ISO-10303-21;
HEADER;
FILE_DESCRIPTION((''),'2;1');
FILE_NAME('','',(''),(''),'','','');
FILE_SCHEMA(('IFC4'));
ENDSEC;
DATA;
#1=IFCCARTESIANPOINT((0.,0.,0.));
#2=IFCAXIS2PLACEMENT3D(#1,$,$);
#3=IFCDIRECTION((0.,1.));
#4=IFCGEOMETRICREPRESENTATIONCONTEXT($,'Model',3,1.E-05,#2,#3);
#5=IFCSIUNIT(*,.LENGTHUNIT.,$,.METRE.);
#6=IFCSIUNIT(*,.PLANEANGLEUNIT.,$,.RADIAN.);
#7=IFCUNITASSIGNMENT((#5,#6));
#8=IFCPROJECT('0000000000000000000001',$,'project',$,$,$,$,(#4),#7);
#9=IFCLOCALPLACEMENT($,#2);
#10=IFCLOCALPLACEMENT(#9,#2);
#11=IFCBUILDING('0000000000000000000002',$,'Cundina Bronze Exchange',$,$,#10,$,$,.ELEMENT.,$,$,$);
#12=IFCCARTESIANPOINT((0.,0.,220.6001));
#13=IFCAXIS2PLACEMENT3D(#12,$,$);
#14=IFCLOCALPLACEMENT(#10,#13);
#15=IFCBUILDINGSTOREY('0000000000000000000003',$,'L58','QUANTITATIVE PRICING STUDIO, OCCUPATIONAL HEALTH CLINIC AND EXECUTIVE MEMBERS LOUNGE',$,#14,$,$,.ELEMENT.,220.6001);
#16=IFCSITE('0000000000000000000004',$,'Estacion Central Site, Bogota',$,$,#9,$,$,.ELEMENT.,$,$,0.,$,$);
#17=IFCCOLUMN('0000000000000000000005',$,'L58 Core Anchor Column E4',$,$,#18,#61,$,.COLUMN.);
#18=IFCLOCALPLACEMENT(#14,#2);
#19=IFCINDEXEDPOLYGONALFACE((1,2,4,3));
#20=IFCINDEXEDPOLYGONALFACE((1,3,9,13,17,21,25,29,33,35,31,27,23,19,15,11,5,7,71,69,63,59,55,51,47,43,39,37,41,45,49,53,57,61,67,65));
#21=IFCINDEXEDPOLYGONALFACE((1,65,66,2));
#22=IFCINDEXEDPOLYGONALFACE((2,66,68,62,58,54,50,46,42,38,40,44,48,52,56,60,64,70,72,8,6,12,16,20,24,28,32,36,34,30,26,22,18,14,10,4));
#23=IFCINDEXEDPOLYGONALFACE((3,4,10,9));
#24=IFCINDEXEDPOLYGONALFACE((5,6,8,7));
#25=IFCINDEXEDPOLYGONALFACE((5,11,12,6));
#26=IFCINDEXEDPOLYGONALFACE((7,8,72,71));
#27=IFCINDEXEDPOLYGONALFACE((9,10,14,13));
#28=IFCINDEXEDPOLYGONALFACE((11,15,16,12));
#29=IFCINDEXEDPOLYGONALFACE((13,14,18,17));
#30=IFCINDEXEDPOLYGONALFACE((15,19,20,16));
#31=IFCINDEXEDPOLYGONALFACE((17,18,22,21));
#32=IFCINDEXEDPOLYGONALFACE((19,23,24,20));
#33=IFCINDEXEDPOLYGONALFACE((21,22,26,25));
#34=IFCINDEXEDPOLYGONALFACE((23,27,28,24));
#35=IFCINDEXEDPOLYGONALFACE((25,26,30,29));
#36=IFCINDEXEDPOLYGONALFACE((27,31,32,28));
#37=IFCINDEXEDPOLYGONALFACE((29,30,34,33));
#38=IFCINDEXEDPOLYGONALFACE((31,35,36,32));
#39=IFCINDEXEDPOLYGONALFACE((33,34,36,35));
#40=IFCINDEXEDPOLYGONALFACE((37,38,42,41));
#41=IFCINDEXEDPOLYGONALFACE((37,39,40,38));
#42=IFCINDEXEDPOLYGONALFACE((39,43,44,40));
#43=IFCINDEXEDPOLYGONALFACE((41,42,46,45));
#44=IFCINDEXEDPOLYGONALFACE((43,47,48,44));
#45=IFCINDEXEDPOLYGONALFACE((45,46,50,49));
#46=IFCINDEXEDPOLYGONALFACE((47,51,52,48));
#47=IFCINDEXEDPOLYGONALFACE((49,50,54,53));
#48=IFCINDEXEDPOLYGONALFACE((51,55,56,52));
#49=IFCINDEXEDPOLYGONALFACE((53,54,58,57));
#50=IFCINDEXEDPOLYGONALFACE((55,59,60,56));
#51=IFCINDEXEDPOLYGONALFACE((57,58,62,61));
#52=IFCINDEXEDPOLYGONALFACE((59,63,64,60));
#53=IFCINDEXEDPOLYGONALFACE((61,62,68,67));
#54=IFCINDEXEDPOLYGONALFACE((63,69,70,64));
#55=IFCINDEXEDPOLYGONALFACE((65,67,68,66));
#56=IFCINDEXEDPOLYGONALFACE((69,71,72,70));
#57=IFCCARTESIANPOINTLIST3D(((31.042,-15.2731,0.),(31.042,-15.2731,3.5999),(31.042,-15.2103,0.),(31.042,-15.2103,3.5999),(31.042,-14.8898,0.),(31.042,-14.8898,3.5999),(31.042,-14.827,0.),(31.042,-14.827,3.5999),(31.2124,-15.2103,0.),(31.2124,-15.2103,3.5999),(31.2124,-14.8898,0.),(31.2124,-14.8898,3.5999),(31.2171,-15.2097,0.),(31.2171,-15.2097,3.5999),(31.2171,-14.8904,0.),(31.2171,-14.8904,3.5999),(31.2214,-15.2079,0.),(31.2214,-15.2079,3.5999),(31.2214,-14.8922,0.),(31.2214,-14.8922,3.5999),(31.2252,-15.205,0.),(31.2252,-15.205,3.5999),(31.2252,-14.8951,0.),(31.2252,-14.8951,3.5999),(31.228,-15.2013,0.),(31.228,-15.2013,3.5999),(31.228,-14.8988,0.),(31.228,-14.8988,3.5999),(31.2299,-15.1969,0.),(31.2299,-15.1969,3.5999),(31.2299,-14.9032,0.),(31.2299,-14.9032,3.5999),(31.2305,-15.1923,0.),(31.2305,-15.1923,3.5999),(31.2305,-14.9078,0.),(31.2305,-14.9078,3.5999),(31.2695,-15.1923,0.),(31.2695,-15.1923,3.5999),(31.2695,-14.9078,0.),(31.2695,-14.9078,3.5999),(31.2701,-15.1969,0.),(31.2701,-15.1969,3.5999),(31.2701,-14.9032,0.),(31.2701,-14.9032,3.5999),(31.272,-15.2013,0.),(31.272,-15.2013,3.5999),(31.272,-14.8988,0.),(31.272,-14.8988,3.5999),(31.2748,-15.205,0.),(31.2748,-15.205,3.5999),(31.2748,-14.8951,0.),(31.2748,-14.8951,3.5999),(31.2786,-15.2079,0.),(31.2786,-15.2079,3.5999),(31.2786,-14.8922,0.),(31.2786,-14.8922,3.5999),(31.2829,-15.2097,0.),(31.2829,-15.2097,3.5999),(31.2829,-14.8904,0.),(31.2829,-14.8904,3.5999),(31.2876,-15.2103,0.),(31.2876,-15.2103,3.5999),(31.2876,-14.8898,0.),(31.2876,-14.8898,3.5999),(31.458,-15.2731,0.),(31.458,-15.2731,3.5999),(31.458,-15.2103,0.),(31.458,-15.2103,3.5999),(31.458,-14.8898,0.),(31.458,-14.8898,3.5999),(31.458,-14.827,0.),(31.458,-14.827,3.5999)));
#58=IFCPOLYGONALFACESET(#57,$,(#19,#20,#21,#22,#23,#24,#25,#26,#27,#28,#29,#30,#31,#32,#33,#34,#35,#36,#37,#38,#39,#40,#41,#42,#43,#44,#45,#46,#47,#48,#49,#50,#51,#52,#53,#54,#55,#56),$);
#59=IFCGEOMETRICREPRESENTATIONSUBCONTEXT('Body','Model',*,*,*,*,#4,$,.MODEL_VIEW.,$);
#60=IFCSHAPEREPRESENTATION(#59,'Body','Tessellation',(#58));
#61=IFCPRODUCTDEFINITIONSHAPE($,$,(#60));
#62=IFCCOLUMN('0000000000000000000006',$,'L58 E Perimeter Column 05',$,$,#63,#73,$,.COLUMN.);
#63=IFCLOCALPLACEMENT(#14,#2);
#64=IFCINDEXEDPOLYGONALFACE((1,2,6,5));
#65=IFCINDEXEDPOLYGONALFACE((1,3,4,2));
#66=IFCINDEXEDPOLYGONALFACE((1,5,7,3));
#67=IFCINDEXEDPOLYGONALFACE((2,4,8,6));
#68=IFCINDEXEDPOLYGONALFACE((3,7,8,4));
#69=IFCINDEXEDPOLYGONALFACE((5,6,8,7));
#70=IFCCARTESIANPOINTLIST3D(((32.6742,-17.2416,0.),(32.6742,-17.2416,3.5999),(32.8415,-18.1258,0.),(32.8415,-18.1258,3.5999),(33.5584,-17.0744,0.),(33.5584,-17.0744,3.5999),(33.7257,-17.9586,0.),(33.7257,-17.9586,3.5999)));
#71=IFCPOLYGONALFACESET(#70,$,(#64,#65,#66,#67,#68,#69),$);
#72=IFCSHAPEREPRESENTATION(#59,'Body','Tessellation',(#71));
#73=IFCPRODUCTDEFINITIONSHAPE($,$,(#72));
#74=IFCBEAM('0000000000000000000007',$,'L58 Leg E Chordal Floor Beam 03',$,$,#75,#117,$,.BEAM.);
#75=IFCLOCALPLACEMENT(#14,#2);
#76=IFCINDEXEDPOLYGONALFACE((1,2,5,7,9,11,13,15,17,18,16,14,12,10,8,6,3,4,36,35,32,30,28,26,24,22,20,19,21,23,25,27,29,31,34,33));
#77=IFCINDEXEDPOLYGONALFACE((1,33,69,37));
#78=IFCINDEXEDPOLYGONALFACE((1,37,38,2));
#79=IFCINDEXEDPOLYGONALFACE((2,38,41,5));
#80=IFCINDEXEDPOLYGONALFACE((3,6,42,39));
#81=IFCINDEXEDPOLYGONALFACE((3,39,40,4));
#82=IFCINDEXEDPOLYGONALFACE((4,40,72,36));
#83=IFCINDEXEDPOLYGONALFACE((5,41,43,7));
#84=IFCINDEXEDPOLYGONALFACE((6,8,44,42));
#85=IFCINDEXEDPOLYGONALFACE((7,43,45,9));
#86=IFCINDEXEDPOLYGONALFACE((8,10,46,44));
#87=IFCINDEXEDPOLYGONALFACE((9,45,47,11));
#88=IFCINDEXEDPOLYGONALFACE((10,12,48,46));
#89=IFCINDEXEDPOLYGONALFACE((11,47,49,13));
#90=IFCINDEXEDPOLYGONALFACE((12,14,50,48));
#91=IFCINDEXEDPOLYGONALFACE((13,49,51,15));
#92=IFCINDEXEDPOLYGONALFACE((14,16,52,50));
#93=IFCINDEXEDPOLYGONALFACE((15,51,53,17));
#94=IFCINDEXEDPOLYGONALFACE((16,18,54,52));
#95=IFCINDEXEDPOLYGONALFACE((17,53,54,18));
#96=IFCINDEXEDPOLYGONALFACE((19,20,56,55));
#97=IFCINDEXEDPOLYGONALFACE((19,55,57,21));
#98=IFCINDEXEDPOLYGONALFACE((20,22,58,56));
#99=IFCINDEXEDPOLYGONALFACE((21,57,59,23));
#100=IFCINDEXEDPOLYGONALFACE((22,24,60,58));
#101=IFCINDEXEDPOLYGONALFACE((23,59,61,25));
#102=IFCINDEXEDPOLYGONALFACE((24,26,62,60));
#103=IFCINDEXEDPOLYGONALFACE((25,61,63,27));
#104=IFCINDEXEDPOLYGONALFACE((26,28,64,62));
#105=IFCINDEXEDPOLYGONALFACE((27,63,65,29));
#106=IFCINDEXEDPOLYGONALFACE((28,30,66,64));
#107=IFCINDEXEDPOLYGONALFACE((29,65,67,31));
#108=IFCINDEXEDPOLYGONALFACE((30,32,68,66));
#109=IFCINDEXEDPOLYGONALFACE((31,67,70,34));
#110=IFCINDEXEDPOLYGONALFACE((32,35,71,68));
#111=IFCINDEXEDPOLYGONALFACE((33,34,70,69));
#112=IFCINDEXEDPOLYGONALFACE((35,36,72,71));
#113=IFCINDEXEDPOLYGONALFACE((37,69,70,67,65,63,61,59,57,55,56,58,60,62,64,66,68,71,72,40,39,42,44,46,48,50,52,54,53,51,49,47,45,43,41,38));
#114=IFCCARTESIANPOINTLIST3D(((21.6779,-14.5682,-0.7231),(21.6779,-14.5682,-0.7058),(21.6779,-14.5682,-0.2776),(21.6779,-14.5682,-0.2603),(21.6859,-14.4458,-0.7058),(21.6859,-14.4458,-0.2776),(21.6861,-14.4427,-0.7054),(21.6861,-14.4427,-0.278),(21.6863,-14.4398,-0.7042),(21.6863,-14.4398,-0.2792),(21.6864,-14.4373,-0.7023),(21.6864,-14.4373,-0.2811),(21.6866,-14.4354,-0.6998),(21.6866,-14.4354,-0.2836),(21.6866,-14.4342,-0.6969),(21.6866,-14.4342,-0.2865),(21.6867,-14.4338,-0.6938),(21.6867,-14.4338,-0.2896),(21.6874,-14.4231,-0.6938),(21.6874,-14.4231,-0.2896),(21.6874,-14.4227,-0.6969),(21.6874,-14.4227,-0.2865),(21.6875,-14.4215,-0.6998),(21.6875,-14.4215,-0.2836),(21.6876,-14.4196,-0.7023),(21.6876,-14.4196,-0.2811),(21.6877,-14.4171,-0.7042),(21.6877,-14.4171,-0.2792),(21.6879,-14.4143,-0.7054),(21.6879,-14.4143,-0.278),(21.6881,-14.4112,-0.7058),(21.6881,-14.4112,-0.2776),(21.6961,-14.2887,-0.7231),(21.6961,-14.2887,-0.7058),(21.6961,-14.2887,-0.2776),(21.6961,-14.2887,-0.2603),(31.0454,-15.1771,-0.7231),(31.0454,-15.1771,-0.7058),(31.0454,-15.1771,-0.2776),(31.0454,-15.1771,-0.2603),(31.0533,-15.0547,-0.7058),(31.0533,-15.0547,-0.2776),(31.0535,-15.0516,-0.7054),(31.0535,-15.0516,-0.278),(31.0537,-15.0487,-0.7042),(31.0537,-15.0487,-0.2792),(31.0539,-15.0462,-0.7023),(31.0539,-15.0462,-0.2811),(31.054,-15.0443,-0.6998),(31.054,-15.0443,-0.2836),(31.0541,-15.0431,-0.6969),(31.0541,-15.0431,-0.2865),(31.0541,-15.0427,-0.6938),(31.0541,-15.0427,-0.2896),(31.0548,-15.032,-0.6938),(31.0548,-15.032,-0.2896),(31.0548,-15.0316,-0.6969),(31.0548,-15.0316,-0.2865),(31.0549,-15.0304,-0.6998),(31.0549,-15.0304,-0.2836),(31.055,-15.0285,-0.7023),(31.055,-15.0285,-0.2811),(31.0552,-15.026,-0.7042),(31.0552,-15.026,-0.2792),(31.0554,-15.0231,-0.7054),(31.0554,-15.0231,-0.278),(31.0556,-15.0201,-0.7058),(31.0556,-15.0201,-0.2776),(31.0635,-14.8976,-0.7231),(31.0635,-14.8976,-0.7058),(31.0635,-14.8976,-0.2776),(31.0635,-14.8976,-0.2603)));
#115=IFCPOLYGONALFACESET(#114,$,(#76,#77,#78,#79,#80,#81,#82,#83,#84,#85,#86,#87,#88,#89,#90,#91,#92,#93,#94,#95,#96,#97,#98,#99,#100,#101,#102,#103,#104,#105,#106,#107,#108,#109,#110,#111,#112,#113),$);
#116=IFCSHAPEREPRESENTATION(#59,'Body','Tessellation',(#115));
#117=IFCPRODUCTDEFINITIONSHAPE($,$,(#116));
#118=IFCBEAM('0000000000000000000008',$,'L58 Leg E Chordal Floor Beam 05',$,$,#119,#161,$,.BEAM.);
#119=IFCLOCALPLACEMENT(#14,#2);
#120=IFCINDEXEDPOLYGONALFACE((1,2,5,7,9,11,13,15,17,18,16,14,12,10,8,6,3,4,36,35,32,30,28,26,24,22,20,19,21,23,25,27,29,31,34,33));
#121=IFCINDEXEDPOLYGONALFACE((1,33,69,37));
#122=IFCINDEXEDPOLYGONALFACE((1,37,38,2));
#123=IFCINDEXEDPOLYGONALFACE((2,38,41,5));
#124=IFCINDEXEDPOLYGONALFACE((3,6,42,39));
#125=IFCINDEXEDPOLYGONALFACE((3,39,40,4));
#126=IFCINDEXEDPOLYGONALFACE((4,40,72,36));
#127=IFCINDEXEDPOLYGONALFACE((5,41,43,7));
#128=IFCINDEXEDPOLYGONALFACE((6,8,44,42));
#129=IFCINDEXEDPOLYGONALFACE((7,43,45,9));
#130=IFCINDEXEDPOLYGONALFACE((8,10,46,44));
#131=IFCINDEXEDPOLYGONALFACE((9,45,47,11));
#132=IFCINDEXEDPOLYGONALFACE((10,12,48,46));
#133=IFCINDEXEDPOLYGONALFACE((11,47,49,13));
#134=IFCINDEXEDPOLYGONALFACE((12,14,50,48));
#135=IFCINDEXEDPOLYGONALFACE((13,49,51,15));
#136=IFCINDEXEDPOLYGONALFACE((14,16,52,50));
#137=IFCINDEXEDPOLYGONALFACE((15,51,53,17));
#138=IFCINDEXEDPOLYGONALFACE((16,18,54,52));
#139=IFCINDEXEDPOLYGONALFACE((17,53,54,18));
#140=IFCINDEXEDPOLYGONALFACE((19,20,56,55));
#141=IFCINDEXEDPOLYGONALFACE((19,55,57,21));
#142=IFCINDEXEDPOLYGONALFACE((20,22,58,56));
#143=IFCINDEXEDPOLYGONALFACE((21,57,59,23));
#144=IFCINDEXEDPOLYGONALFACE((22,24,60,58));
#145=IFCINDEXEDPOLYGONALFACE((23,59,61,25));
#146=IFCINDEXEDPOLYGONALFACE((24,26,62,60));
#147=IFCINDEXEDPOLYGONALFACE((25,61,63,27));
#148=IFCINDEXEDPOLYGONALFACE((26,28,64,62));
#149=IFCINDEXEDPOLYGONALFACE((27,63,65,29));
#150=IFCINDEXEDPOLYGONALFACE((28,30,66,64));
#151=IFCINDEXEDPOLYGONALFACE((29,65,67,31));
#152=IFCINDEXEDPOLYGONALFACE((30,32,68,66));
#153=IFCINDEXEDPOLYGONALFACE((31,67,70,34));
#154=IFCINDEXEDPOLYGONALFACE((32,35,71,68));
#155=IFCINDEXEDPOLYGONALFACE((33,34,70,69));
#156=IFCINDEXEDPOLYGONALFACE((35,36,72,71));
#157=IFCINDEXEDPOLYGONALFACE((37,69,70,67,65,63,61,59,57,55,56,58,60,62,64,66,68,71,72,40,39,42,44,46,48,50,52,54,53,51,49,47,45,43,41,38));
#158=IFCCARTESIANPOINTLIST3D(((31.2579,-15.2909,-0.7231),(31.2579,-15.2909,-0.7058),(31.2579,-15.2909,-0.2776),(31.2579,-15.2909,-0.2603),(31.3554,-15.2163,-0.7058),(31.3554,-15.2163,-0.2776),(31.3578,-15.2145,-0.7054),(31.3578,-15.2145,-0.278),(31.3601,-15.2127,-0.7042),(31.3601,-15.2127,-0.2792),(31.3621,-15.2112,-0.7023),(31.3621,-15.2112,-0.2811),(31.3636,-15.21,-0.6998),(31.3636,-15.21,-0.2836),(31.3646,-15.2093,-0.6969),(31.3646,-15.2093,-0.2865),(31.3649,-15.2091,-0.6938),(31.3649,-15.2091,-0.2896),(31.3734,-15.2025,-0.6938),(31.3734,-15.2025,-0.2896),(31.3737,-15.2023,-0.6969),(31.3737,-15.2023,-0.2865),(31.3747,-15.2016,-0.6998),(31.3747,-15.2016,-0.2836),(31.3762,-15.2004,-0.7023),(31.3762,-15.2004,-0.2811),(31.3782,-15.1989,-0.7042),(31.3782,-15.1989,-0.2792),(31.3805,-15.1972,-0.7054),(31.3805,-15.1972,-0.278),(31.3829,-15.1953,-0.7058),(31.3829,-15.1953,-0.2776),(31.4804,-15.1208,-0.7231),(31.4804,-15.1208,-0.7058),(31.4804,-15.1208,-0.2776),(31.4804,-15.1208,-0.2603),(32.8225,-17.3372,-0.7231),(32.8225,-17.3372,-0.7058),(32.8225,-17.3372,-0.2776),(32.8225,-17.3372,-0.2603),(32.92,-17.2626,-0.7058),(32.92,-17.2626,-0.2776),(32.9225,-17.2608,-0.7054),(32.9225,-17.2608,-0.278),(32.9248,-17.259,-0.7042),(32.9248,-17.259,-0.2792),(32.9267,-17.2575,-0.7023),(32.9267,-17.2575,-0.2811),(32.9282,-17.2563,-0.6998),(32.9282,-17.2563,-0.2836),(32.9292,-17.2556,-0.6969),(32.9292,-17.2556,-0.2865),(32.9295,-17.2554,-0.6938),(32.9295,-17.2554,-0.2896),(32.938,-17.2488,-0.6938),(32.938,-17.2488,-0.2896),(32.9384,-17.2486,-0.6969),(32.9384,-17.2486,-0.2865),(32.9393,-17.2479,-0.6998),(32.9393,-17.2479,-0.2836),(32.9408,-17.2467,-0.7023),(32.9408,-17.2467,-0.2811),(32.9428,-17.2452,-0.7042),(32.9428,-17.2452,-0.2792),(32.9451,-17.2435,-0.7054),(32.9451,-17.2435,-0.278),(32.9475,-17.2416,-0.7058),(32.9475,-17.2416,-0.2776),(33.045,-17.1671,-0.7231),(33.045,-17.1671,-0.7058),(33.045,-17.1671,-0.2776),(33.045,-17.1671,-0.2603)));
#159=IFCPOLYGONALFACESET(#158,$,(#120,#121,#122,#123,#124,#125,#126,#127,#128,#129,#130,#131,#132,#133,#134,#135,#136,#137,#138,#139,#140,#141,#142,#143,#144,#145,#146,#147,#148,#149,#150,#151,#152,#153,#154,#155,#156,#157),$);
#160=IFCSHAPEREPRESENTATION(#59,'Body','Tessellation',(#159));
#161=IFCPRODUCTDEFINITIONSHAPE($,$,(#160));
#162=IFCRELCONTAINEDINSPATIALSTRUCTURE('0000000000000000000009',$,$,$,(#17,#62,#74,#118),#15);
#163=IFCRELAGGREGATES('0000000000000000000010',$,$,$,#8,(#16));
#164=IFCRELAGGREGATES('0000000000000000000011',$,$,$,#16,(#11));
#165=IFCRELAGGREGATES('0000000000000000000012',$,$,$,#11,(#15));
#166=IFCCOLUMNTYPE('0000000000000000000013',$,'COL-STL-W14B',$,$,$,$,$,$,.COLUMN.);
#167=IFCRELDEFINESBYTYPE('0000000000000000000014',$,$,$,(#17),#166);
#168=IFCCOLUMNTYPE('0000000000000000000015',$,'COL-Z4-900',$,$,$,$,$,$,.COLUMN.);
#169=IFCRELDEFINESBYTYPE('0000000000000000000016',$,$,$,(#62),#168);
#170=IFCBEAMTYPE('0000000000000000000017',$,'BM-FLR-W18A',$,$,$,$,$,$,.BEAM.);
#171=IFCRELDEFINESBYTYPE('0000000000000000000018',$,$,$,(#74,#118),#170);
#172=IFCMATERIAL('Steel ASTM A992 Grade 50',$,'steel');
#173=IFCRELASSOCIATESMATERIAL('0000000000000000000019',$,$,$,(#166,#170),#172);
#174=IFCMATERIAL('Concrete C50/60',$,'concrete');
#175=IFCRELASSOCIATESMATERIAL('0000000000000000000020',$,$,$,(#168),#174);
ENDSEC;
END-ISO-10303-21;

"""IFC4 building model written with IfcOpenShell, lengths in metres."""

from ifc_helpers import new_model, si_unit, direction, frame, origin, origin_2d, place, context, subcontext, project, spatial, rectangle, i_section, extrude, material, material_profile, profile_set, type_object, element, save


model = new_model("IFC4")

# Units and contexts
model_context = context("Model", 3, precision=1e-05, world=origin(), true_north=direction((0.0, 1.0)))
body_context = subcontext(model_context, "Body", "Model", "MODEL_VIEW")
ifc_project = project(units=[si_unit("LENGTHUNIT", "METRE"), si_unit("PLANEANGLEUNIT", "RADIAN")], contexts=[model_context])

# Site, building, storey
site_placement = place(None, origin())
site = spatial("IfcSite", under=ifc_project, at=site_placement, Name="Estacion Central Site, Bogota", CompositionType="ELEMENT", RefElevation=0.0)
building_placement = place(site_placement, origin())
building = spatial("IfcBuilding", under=site, at=building_placement, Name="Cundina Bronze Exchange", CompositionType="ELEMENT")
storey_placement = place(building_placement, frame((0.0, 0.0, 220.6001)))
storey = spatial("IfcBuildingStorey", under=building, at=storey_placement, Name="L58", Description="QUANTITATIVE PRICING STUDIO, OCCUPATIONAL HEALTH CLINIC AND EXECUTIVE MEMBERS LOUNGE", CompositionType="ELEMENT", Elevation=220.6001)

# Columns
ifc_material_1 = material(Name="Steel ASTM A992 Grade 50", Category="steel")
ifc_material_profile_1 = material_profile(ifc_material_1, i_section(OverallWidth=0.416, OverallDepth=0.446, WebThickness=0.0391, FlangeThickness=0.0627, FilletRadius=0.0181, at=origin_2d()), Name="W14X342", Category="steel")
ifc_profile_set_1 = profile_set([ifc_material_profile_1], Name="Steel ASTM A992 Grade 50")
column_type_1 = type_object("IfcColumnType", Name="COL-STL-W14B", PredefinedType="COLUMN", material=ifc_profile_set_1)
column_1_placement = place(storey_placement, frame((31.25, -15.05, 0.0), z_axis=(0.0, 0.0, 1.0), x_axis=(1.0, 0.0, 0.0)))
element("IfcColumn", 1, at=column_1_placement, inside=storey, type_object=column_type_1, Name="L58 Core Anchor Column E4", PredefinedType="COLUMN", context=body_context, shape_type="SweptSolid", body=[
    extrude(i_section(OverallWidth=0.416, OverallDepth=0.446, WebThickness=0.0391, FlangeThickness=0.0627, FilletRadius=0.0181, at=origin_2d()), origin(), (0.0, 0.0, 1.0), 3.5999),
])
ifc_material_2 = material(Name="Concrete C50/60", Category="concrete")
ifc_material_profile_2 = material_profile(ifc_material_2, rectangle(XDim=0.8999, YDim=0.8999, at=origin_2d()), Name="RC900X900", Category="concrete")
ifc_profile_set_2 = profile_set([ifc_material_profile_2], Name="Concrete C50/60")
column_type_2 = type_object("IfcColumnType", Name="COL-Z4-900", PredefinedType="COLUMN", material=ifc_profile_set_2)
column_2_placement = place(storey_placement, frame((33.2, -17.6001, 0.0), z_axis=(0.0, 0.0, 1.0), x_axis=(0.98258, 0.185838, 0.0)))
element("IfcColumn", 2, at=column_2_placement, inside=storey, type_object=column_type_2, Name="L58 E Perimeter Column 05", PredefinedType="COLUMN", context=body_context, shape_type="SweptSolid", body=[
    extrude(rectangle(XDim=0.8999, YDim=0.8999, at=origin_2d()), origin(), (0.0, 0.0, 1.0), 3.5999),
])

# Beams
ifc_material_profile_3 = material_profile(ifc_material_1, i_section(OverallWidth=0.28, OverallDepth=0.4629, WebThickness=0.0107, FlangeThickness=0.0173, FilletRadius=0.012, at=origin_2d()), Name="W18X76", Category="steel")
ifc_profile_set_3 = profile_set([ifc_material_profile_3], Name="Steel ASTM A992 Grade 50")
beam_type_1 = type_object("IfcBeamType", Name="BM-FLR-W18A", PredefinedType="BEAM", material=ifc_profile_set_3)
beam_1_placement = place(storey_placement, frame((31.0544, -15.0374, -0.4917), z_axis=(-0.997894, 0.064864, 0.0), x_axis=(-0.064864, -0.997894, 0.0)))
element("IfcBeam", 3, at=beam_1_placement, inside=storey, type_object=beam_type_1, Name="L58 Leg E Chordal Floor Beam 03", PredefinedType="BEAM", context=body_context, shape_type="SweptSolid", body=[
    extrude(i_section(OverallWidth=0.28, OverallDepth=0.4629, WebThickness=0.0107, FlangeThickness=0.0173, FilletRadius=0.012, at=origin_2d()), origin(), (0.0, 0.0, 1.0), 9.3872),
])
beam_2_placement = place(storey_placement, frame((31.3691, -15.2058, -0.4917), z_axis=(0.607404, -0.794393, 0.0), x_axis=(0.794393, 0.607404, 0.0)))
element("IfcBeam", 4, at=beam_2_placement, inside=storey, type_object=beam_type_1, Name="L58 Leg E Chordal Floor Beam 05", PredefinedType="BEAM", context=body_context, shape_type="SweptSolid", body=[
    extrude(i_section(OverallWidth=0.28, OverallDepth=0.4629, WebThickness=0.0107, FlangeThickness=0.0173, FilletRadius=0.012, at=origin_2d()), origin(), (0.0, 0.0, 1.0), 2.5759),
])

save(model, "model.ifc")
